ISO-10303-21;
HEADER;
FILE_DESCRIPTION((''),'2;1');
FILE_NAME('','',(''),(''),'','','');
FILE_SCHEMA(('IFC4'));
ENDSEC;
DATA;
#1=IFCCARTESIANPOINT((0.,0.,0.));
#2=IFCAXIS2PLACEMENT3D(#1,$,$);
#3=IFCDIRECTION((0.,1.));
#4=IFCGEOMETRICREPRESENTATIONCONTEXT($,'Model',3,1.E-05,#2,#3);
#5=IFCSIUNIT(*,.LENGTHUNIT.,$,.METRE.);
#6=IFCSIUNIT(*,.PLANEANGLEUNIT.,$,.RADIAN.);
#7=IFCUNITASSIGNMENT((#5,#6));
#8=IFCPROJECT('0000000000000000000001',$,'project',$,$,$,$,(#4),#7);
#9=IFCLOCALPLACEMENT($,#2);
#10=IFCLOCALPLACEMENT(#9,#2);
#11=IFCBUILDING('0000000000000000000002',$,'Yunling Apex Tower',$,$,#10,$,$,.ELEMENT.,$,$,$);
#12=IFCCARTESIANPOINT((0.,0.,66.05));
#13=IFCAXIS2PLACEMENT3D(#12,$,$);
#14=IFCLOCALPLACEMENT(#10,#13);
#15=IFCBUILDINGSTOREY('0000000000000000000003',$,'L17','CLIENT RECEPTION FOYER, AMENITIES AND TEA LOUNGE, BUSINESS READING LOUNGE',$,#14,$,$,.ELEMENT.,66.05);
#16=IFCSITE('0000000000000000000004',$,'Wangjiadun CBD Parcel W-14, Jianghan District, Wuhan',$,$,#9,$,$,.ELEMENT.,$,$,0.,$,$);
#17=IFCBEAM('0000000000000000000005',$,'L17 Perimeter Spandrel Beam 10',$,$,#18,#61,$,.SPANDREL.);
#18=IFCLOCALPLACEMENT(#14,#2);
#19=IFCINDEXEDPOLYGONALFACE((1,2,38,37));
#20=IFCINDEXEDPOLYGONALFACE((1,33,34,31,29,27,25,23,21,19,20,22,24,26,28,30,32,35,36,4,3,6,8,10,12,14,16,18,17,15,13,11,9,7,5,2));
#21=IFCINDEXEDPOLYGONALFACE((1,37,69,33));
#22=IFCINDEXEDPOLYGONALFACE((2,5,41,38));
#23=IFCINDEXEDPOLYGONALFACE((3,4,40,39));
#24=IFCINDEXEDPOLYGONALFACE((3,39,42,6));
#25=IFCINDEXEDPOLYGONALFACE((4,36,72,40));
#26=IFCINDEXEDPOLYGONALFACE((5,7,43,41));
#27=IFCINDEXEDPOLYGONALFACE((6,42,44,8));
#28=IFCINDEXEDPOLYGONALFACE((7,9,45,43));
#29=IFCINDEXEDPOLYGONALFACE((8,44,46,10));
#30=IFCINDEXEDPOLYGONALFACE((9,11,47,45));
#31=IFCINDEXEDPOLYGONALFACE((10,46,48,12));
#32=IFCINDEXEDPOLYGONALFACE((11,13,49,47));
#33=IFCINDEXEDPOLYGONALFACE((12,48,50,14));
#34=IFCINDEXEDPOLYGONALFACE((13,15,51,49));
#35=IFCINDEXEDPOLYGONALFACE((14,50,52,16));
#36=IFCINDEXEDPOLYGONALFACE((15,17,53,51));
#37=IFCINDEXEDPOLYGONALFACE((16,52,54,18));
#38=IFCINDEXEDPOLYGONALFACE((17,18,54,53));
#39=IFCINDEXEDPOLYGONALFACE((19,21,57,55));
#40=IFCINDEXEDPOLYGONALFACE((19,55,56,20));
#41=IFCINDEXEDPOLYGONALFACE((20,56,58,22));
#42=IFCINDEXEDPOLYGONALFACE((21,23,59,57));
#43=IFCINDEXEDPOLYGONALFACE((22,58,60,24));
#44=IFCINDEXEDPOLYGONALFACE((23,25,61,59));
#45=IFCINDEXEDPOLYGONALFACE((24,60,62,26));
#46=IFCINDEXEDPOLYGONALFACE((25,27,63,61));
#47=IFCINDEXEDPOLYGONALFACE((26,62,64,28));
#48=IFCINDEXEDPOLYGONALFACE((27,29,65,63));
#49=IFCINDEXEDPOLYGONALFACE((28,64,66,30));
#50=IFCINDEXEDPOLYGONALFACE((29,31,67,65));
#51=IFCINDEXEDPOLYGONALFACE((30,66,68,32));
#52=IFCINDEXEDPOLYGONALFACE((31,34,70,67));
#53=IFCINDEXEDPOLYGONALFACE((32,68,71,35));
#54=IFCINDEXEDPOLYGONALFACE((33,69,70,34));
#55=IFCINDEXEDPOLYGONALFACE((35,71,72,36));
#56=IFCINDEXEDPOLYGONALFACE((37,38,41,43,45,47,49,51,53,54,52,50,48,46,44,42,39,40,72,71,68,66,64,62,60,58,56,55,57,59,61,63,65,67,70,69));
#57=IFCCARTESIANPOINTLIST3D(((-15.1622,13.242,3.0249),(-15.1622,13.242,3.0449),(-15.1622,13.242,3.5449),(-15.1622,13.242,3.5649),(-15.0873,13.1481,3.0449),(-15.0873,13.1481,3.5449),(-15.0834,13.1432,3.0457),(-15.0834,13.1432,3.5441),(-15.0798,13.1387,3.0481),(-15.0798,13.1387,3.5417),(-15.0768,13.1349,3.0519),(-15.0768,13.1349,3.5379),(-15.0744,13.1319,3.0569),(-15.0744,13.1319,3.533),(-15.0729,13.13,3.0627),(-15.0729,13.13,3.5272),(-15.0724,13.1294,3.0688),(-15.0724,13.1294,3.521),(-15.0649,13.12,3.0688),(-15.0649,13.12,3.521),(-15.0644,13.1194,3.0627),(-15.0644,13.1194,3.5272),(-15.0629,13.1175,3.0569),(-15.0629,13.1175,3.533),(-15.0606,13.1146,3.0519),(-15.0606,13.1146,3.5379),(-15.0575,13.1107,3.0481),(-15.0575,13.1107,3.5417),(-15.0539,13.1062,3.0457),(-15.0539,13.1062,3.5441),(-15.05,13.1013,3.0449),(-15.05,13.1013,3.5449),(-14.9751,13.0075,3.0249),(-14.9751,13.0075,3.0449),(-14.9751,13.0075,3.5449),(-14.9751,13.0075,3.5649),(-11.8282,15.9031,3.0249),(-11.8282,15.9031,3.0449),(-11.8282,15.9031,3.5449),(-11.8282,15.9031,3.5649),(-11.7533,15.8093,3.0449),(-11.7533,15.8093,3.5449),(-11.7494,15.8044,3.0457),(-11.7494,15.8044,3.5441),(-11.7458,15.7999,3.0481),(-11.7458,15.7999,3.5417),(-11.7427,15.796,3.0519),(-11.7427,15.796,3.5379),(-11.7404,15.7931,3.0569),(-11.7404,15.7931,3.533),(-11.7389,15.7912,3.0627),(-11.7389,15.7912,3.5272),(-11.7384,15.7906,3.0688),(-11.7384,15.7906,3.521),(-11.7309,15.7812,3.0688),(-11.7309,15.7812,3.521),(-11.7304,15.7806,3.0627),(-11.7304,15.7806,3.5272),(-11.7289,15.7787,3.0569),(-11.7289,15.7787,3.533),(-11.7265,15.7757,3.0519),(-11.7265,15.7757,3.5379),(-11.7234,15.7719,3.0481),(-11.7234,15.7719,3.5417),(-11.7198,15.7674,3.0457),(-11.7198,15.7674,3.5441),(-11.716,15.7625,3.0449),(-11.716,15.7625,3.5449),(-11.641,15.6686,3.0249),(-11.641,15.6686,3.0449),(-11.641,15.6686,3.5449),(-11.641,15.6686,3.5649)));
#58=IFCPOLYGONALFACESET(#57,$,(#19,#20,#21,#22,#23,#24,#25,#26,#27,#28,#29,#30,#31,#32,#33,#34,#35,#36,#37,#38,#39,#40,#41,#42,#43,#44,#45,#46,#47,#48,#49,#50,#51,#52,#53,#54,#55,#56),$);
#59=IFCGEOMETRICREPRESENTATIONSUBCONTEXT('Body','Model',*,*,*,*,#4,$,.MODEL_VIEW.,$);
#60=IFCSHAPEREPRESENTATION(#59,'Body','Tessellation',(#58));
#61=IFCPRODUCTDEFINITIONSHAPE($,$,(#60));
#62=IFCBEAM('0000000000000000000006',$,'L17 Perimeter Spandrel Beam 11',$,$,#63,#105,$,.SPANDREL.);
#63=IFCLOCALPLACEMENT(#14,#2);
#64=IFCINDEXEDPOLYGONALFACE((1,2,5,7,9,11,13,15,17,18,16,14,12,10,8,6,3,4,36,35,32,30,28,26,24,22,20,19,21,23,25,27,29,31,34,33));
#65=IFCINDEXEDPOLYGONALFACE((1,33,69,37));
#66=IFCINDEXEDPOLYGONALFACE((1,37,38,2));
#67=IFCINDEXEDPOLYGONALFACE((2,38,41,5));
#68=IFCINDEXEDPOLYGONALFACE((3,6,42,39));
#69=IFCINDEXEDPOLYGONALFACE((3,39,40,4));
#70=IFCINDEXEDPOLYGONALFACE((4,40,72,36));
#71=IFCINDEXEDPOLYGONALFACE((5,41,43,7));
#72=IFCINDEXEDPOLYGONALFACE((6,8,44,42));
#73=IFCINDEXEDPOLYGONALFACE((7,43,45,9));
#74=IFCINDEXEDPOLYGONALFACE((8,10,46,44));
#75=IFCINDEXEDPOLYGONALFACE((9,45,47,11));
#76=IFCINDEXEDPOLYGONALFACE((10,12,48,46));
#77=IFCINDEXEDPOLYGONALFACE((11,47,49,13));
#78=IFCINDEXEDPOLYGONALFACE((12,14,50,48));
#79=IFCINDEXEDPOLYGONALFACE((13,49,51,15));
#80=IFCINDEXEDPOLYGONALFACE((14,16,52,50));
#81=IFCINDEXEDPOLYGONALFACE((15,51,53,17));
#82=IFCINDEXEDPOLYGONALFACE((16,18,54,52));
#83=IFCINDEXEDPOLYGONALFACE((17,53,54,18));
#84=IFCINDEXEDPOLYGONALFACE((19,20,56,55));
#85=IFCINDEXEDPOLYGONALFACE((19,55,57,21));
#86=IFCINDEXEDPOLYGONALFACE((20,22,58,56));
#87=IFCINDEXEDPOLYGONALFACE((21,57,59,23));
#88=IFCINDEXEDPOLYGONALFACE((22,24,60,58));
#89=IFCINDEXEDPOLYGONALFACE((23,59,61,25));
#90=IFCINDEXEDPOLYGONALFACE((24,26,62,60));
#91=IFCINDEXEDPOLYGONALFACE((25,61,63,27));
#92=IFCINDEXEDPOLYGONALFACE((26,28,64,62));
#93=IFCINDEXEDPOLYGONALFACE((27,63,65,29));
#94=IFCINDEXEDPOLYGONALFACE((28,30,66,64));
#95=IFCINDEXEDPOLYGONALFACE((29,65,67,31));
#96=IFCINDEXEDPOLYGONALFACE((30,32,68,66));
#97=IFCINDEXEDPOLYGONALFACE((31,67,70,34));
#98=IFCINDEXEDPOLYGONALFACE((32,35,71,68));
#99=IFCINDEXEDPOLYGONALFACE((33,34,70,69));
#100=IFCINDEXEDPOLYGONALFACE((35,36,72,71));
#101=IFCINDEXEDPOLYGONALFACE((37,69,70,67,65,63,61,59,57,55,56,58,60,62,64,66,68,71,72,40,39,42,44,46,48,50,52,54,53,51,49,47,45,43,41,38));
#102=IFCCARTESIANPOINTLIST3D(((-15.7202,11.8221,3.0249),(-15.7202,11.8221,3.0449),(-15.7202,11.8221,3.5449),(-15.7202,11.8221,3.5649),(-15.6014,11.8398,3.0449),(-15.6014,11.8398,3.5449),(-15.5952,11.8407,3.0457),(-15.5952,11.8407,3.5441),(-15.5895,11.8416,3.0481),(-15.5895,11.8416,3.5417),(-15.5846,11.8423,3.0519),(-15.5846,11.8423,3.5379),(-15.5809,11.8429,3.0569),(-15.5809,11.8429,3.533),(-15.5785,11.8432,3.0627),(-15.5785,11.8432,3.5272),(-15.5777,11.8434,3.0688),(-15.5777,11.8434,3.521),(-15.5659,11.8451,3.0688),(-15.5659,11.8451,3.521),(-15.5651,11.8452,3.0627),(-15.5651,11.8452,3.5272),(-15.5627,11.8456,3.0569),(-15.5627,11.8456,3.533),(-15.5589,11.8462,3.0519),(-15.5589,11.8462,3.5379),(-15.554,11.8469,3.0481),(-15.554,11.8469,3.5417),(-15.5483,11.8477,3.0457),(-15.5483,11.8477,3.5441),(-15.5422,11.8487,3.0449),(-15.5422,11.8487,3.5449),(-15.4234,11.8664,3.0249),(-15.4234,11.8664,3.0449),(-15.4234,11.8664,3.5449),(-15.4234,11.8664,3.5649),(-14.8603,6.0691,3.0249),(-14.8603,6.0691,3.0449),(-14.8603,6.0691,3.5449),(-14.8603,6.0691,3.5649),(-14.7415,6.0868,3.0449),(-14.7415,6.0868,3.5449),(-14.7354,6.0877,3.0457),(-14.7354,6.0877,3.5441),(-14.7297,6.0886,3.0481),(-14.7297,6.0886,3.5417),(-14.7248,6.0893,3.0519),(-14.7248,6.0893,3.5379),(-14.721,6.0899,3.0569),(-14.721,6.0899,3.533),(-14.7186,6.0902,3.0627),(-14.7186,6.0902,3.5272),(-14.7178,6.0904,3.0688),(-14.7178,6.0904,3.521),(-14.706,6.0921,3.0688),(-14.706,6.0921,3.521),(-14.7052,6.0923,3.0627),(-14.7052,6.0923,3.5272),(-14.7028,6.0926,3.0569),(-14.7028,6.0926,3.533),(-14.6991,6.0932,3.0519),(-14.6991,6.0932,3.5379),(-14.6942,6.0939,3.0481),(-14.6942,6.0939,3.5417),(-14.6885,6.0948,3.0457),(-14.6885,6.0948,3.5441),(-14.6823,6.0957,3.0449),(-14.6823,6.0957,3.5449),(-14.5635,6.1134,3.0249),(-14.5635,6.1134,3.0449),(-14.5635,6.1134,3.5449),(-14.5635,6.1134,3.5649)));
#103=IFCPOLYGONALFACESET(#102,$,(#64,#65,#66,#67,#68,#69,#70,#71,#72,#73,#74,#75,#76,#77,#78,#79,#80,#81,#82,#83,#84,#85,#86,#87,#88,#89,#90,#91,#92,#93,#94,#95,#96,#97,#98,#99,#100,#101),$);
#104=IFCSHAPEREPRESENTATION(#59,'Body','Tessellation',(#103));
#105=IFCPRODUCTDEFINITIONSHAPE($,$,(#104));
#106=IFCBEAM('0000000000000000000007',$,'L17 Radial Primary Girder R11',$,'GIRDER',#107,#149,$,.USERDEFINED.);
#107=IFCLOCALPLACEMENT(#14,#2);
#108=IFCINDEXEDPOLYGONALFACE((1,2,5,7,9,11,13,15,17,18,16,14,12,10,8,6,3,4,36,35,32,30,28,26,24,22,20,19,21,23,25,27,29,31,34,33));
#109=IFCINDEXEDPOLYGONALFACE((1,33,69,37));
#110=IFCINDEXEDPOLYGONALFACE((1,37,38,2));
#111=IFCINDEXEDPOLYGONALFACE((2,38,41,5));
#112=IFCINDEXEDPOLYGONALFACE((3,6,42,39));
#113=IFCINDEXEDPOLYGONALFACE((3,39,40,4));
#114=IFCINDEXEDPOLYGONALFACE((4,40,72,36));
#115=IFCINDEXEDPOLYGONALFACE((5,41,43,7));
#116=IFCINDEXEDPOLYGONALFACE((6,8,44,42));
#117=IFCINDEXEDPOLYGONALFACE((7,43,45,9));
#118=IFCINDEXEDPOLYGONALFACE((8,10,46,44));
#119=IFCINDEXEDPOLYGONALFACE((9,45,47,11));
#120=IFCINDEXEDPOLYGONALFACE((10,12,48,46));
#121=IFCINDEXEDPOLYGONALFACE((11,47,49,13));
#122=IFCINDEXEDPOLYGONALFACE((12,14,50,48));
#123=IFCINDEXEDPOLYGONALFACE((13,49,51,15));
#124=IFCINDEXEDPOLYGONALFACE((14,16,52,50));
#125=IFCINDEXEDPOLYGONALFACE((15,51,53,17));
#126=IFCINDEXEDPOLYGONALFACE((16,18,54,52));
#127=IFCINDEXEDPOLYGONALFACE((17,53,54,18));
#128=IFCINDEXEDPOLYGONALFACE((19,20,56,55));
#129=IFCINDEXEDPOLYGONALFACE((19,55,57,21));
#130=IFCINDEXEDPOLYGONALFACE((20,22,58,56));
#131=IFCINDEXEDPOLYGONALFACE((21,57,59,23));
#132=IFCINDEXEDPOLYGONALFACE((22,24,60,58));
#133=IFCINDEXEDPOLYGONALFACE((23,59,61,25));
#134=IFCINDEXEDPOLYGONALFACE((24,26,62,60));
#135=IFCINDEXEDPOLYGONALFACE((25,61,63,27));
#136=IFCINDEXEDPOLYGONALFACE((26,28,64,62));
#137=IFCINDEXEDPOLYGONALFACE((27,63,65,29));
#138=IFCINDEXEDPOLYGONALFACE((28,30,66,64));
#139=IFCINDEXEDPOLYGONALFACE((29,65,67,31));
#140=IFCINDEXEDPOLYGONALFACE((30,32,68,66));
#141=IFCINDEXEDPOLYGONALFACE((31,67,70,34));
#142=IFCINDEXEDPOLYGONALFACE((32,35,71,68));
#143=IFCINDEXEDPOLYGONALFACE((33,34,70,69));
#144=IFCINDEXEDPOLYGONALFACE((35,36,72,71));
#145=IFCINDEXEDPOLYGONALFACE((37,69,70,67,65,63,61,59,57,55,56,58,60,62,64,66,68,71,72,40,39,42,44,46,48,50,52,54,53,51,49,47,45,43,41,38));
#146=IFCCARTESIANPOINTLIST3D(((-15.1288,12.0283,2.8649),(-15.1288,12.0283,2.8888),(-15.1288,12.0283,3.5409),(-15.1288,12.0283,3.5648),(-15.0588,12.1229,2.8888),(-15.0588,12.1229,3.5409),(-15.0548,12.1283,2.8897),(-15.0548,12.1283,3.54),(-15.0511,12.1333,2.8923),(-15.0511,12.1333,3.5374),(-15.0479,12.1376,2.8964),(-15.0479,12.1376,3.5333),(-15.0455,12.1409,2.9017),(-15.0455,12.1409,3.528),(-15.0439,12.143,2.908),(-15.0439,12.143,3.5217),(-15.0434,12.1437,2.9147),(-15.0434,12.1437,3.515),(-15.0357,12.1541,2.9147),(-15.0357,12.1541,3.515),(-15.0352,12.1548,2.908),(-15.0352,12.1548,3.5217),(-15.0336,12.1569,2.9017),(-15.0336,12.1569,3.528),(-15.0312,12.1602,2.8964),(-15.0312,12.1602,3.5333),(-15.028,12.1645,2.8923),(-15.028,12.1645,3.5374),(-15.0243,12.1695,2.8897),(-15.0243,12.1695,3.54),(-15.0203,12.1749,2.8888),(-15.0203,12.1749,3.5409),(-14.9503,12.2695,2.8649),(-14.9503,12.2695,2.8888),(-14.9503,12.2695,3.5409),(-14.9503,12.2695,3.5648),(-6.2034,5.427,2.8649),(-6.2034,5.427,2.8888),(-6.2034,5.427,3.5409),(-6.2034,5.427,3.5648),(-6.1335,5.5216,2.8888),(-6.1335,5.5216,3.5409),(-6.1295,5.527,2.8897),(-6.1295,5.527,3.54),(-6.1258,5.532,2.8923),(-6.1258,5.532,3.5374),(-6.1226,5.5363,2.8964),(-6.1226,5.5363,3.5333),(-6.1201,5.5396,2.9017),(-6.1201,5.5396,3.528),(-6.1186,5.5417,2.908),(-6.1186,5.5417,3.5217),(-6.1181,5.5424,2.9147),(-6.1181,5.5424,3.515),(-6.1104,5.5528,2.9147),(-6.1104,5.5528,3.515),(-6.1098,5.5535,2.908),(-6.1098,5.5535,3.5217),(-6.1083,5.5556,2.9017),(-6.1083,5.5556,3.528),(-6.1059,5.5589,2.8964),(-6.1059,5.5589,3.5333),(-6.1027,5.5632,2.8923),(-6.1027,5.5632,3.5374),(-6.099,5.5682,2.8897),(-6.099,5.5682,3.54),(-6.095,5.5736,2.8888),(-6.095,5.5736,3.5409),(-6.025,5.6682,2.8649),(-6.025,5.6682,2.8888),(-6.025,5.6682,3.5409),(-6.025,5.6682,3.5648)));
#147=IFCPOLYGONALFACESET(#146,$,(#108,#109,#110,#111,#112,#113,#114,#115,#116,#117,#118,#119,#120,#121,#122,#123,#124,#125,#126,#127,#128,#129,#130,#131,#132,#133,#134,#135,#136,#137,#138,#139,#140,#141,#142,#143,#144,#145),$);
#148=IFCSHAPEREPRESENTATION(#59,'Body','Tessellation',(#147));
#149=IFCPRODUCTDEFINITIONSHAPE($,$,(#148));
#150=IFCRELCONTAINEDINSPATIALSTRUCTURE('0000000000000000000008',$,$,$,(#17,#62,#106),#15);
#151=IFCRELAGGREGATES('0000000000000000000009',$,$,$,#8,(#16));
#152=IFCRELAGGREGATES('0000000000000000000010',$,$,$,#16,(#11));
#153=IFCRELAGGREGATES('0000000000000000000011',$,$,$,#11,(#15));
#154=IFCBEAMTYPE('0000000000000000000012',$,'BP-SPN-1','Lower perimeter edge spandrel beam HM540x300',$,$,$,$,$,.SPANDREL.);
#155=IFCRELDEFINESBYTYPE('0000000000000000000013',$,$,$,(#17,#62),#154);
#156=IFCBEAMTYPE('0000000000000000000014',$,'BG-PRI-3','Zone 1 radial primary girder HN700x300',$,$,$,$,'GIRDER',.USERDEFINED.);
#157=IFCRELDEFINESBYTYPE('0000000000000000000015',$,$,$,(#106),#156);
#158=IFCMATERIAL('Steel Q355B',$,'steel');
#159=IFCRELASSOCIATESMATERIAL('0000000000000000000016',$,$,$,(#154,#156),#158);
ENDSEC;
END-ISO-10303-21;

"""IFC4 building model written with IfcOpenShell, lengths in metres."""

from ifc_helpers import new_model, si_unit, direction, frame, origin, origin_2d, place, context, subcontext, project, spatial, i_section, extrude, source, transform, mapped, material, material_profile, profile_set, type_object, element, save


model = new_model("IFC4")

# Units and contexts
model_context = context("Model", 3, precision=1e-05, world=origin(), true_north=direction((0.0, 1.0)))
body_context = subcontext(model_context, "Body", "Model", "MODEL_VIEW")
ifc_project = project(units=[si_unit("LENGTHUNIT", "METRE"), si_unit("PLANEANGLEUNIT", "RADIAN")], contexts=[model_context])

# Site, building, storey
site_placement = place(None, origin())
site = spatial("IfcSite", under=ifc_project, at=site_placement, Name="Wangjiadun CBD Parcel W-14, Jianghan District, Wuhan", CompositionType="ELEMENT", RefElevation=0.0)
building_placement = place(site_placement, origin())
building = spatial("IfcBuilding", under=site, at=building_placement, Name="Yunling Apex Tower", CompositionType="ELEMENT")
storey_placement = place(building_placement, frame((0.0, 0.0, 66.05)))
storey = spatial("IfcBuildingStorey", under=building, at=storey_placement, Name="L17", Description="CLIENT RECEPTION FOYER, AMENITIES AND TEA LOUNGE, BUSINESS READING LOUNGE", CompositionType="ELEMENT", Elevation=66.05)

# Beams
ifc_material_1 = material(Name="Steel Q355B", Category="steel")
ifc_material_profile_1 = material_profile(ifc_material_1, i_section(OverallWidth=0.3, OverallDepth=0.54, WebThickness=0.012, FlangeThickness=0.02, FilletRadius=0.0239, at=origin_2d()))
ifc_profile_set_1 = profile_set([ifc_material_profile_1], Name="Steel Q355B")
beam_type_1 = type_object("IfcBeamType", Name="BP-SPN-1", Description="Lower perimeter edge spandrel beam HM540x300", PredefinedType="SPANDREL", material=ifc_profile_set_1)
shared_shape_1 = source(origin(), body_context, "Body", "SweptSolid", [
    extrude(i_section(OverallWidth=0.3, OverallDepth=0.54, WebThickness=0.012, FlangeThickness=0.02, FilletRadius=0.0239, at=origin_2d()), origin(), (0.0, 0.0, 1.0), 4.2659),
])
beam_1_placement = place(storey_placement, frame((-11.7346, 15.7859, 3.2949), z_axis=(-0.781561, -0.623829, 0.0), x_axis=(0.623829, -0.781561, 0.0)))
element("IfcBeam", 1, at=beam_1_placement, inside=storey, type_object=beam_type_1, Name="L17 Perimeter Spandrel Beam 10", PredefinedType="SPANDREL", context=body_context, shape_type="MappedRepresentation", body=[
    mapped(shared_shape_1, transform((0.0, 0.0, 0.0), scale=1.0)),
])
shared_shape_2 = source(origin(), body_context, "Body", "SweptSolid", [
    extrude(i_section(OverallWidth=0.3, OverallDepth=0.54, WebThickness=0.012, FlangeThickness=0.02, FilletRadius=0.0239, at=origin_2d()), origin(), (0.0, 0.0, 1.0), 5.8169),
])
beam_2_placement = place(storey_placement, frame((-15.5718, 11.8442, 3.2949), z_axis=(0.147823, -0.989014, 0.0), x_axis=(0.989014, 0.147823, 0.0)))
element("IfcBeam", 2, at=beam_2_placement, inside=storey, type_object=beam_type_1, Name="L17 Perimeter Spandrel Beam 11", PredefinedType="SPANDREL", context=body_context, shape_type="MappedRepresentation", body=[
    mapped(shared_shape_2, transform((0.0, 0.0, 0.0), scale=1.0)),
])
ifc_material_profile_2 = material_profile(ifc_material_1, i_section(OverallWidth=0.3, OverallDepth=0.7, WebThickness=0.0129, FlangeThickness=0.0239, FilletRadius=0.0259, at=origin_2d()))
ifc_profile_set_2 = profile_set([ifc_material_profile_2], Name="Steel Q355B")
beam_type_2 = type_object("IfcBeamType", Name="BG-PRI-3", Description="Zone 1 radial primary girder HN700x300", ElementType="GIRDER", PredefinedType="USERDEFINED", material=ifc_profile_set_2)
shared_shape_3 = source(origin(), body_context, "Body", "SweptSolid", [
    extrude(i_section(OverallWidth=0.3, OverallDepth=0.7, WebThickness=0.0129, FlangeThickness=0.0239, FilletRadius=0.0259, at=origin_2d()), origin(), (0.0, 0.0, 1.0), 11.1013),
])
beam_3_placement = place(storey_placement, frame((-15.0396, 12.1489, 3.2148), z_axis=(0.803988, -0.594645, 0.0), x_axis=(0.594645, 0.803988, 0.0)))
element("IfcBeam", 3, at=beam_3_placement, inside=storey, type_object=beam_type_2, Name="L17 Radial Primary Girder R11", ObjectType="GIRDER", PredefinedType="USERDEFINED", context=body_context, shape_type="MappedRepresentation", body=[
    mapped(shared_shape_3, transform((0.0, 0.0, 0.0), scale=1.0)),
])

save(model, "model.ifc")
